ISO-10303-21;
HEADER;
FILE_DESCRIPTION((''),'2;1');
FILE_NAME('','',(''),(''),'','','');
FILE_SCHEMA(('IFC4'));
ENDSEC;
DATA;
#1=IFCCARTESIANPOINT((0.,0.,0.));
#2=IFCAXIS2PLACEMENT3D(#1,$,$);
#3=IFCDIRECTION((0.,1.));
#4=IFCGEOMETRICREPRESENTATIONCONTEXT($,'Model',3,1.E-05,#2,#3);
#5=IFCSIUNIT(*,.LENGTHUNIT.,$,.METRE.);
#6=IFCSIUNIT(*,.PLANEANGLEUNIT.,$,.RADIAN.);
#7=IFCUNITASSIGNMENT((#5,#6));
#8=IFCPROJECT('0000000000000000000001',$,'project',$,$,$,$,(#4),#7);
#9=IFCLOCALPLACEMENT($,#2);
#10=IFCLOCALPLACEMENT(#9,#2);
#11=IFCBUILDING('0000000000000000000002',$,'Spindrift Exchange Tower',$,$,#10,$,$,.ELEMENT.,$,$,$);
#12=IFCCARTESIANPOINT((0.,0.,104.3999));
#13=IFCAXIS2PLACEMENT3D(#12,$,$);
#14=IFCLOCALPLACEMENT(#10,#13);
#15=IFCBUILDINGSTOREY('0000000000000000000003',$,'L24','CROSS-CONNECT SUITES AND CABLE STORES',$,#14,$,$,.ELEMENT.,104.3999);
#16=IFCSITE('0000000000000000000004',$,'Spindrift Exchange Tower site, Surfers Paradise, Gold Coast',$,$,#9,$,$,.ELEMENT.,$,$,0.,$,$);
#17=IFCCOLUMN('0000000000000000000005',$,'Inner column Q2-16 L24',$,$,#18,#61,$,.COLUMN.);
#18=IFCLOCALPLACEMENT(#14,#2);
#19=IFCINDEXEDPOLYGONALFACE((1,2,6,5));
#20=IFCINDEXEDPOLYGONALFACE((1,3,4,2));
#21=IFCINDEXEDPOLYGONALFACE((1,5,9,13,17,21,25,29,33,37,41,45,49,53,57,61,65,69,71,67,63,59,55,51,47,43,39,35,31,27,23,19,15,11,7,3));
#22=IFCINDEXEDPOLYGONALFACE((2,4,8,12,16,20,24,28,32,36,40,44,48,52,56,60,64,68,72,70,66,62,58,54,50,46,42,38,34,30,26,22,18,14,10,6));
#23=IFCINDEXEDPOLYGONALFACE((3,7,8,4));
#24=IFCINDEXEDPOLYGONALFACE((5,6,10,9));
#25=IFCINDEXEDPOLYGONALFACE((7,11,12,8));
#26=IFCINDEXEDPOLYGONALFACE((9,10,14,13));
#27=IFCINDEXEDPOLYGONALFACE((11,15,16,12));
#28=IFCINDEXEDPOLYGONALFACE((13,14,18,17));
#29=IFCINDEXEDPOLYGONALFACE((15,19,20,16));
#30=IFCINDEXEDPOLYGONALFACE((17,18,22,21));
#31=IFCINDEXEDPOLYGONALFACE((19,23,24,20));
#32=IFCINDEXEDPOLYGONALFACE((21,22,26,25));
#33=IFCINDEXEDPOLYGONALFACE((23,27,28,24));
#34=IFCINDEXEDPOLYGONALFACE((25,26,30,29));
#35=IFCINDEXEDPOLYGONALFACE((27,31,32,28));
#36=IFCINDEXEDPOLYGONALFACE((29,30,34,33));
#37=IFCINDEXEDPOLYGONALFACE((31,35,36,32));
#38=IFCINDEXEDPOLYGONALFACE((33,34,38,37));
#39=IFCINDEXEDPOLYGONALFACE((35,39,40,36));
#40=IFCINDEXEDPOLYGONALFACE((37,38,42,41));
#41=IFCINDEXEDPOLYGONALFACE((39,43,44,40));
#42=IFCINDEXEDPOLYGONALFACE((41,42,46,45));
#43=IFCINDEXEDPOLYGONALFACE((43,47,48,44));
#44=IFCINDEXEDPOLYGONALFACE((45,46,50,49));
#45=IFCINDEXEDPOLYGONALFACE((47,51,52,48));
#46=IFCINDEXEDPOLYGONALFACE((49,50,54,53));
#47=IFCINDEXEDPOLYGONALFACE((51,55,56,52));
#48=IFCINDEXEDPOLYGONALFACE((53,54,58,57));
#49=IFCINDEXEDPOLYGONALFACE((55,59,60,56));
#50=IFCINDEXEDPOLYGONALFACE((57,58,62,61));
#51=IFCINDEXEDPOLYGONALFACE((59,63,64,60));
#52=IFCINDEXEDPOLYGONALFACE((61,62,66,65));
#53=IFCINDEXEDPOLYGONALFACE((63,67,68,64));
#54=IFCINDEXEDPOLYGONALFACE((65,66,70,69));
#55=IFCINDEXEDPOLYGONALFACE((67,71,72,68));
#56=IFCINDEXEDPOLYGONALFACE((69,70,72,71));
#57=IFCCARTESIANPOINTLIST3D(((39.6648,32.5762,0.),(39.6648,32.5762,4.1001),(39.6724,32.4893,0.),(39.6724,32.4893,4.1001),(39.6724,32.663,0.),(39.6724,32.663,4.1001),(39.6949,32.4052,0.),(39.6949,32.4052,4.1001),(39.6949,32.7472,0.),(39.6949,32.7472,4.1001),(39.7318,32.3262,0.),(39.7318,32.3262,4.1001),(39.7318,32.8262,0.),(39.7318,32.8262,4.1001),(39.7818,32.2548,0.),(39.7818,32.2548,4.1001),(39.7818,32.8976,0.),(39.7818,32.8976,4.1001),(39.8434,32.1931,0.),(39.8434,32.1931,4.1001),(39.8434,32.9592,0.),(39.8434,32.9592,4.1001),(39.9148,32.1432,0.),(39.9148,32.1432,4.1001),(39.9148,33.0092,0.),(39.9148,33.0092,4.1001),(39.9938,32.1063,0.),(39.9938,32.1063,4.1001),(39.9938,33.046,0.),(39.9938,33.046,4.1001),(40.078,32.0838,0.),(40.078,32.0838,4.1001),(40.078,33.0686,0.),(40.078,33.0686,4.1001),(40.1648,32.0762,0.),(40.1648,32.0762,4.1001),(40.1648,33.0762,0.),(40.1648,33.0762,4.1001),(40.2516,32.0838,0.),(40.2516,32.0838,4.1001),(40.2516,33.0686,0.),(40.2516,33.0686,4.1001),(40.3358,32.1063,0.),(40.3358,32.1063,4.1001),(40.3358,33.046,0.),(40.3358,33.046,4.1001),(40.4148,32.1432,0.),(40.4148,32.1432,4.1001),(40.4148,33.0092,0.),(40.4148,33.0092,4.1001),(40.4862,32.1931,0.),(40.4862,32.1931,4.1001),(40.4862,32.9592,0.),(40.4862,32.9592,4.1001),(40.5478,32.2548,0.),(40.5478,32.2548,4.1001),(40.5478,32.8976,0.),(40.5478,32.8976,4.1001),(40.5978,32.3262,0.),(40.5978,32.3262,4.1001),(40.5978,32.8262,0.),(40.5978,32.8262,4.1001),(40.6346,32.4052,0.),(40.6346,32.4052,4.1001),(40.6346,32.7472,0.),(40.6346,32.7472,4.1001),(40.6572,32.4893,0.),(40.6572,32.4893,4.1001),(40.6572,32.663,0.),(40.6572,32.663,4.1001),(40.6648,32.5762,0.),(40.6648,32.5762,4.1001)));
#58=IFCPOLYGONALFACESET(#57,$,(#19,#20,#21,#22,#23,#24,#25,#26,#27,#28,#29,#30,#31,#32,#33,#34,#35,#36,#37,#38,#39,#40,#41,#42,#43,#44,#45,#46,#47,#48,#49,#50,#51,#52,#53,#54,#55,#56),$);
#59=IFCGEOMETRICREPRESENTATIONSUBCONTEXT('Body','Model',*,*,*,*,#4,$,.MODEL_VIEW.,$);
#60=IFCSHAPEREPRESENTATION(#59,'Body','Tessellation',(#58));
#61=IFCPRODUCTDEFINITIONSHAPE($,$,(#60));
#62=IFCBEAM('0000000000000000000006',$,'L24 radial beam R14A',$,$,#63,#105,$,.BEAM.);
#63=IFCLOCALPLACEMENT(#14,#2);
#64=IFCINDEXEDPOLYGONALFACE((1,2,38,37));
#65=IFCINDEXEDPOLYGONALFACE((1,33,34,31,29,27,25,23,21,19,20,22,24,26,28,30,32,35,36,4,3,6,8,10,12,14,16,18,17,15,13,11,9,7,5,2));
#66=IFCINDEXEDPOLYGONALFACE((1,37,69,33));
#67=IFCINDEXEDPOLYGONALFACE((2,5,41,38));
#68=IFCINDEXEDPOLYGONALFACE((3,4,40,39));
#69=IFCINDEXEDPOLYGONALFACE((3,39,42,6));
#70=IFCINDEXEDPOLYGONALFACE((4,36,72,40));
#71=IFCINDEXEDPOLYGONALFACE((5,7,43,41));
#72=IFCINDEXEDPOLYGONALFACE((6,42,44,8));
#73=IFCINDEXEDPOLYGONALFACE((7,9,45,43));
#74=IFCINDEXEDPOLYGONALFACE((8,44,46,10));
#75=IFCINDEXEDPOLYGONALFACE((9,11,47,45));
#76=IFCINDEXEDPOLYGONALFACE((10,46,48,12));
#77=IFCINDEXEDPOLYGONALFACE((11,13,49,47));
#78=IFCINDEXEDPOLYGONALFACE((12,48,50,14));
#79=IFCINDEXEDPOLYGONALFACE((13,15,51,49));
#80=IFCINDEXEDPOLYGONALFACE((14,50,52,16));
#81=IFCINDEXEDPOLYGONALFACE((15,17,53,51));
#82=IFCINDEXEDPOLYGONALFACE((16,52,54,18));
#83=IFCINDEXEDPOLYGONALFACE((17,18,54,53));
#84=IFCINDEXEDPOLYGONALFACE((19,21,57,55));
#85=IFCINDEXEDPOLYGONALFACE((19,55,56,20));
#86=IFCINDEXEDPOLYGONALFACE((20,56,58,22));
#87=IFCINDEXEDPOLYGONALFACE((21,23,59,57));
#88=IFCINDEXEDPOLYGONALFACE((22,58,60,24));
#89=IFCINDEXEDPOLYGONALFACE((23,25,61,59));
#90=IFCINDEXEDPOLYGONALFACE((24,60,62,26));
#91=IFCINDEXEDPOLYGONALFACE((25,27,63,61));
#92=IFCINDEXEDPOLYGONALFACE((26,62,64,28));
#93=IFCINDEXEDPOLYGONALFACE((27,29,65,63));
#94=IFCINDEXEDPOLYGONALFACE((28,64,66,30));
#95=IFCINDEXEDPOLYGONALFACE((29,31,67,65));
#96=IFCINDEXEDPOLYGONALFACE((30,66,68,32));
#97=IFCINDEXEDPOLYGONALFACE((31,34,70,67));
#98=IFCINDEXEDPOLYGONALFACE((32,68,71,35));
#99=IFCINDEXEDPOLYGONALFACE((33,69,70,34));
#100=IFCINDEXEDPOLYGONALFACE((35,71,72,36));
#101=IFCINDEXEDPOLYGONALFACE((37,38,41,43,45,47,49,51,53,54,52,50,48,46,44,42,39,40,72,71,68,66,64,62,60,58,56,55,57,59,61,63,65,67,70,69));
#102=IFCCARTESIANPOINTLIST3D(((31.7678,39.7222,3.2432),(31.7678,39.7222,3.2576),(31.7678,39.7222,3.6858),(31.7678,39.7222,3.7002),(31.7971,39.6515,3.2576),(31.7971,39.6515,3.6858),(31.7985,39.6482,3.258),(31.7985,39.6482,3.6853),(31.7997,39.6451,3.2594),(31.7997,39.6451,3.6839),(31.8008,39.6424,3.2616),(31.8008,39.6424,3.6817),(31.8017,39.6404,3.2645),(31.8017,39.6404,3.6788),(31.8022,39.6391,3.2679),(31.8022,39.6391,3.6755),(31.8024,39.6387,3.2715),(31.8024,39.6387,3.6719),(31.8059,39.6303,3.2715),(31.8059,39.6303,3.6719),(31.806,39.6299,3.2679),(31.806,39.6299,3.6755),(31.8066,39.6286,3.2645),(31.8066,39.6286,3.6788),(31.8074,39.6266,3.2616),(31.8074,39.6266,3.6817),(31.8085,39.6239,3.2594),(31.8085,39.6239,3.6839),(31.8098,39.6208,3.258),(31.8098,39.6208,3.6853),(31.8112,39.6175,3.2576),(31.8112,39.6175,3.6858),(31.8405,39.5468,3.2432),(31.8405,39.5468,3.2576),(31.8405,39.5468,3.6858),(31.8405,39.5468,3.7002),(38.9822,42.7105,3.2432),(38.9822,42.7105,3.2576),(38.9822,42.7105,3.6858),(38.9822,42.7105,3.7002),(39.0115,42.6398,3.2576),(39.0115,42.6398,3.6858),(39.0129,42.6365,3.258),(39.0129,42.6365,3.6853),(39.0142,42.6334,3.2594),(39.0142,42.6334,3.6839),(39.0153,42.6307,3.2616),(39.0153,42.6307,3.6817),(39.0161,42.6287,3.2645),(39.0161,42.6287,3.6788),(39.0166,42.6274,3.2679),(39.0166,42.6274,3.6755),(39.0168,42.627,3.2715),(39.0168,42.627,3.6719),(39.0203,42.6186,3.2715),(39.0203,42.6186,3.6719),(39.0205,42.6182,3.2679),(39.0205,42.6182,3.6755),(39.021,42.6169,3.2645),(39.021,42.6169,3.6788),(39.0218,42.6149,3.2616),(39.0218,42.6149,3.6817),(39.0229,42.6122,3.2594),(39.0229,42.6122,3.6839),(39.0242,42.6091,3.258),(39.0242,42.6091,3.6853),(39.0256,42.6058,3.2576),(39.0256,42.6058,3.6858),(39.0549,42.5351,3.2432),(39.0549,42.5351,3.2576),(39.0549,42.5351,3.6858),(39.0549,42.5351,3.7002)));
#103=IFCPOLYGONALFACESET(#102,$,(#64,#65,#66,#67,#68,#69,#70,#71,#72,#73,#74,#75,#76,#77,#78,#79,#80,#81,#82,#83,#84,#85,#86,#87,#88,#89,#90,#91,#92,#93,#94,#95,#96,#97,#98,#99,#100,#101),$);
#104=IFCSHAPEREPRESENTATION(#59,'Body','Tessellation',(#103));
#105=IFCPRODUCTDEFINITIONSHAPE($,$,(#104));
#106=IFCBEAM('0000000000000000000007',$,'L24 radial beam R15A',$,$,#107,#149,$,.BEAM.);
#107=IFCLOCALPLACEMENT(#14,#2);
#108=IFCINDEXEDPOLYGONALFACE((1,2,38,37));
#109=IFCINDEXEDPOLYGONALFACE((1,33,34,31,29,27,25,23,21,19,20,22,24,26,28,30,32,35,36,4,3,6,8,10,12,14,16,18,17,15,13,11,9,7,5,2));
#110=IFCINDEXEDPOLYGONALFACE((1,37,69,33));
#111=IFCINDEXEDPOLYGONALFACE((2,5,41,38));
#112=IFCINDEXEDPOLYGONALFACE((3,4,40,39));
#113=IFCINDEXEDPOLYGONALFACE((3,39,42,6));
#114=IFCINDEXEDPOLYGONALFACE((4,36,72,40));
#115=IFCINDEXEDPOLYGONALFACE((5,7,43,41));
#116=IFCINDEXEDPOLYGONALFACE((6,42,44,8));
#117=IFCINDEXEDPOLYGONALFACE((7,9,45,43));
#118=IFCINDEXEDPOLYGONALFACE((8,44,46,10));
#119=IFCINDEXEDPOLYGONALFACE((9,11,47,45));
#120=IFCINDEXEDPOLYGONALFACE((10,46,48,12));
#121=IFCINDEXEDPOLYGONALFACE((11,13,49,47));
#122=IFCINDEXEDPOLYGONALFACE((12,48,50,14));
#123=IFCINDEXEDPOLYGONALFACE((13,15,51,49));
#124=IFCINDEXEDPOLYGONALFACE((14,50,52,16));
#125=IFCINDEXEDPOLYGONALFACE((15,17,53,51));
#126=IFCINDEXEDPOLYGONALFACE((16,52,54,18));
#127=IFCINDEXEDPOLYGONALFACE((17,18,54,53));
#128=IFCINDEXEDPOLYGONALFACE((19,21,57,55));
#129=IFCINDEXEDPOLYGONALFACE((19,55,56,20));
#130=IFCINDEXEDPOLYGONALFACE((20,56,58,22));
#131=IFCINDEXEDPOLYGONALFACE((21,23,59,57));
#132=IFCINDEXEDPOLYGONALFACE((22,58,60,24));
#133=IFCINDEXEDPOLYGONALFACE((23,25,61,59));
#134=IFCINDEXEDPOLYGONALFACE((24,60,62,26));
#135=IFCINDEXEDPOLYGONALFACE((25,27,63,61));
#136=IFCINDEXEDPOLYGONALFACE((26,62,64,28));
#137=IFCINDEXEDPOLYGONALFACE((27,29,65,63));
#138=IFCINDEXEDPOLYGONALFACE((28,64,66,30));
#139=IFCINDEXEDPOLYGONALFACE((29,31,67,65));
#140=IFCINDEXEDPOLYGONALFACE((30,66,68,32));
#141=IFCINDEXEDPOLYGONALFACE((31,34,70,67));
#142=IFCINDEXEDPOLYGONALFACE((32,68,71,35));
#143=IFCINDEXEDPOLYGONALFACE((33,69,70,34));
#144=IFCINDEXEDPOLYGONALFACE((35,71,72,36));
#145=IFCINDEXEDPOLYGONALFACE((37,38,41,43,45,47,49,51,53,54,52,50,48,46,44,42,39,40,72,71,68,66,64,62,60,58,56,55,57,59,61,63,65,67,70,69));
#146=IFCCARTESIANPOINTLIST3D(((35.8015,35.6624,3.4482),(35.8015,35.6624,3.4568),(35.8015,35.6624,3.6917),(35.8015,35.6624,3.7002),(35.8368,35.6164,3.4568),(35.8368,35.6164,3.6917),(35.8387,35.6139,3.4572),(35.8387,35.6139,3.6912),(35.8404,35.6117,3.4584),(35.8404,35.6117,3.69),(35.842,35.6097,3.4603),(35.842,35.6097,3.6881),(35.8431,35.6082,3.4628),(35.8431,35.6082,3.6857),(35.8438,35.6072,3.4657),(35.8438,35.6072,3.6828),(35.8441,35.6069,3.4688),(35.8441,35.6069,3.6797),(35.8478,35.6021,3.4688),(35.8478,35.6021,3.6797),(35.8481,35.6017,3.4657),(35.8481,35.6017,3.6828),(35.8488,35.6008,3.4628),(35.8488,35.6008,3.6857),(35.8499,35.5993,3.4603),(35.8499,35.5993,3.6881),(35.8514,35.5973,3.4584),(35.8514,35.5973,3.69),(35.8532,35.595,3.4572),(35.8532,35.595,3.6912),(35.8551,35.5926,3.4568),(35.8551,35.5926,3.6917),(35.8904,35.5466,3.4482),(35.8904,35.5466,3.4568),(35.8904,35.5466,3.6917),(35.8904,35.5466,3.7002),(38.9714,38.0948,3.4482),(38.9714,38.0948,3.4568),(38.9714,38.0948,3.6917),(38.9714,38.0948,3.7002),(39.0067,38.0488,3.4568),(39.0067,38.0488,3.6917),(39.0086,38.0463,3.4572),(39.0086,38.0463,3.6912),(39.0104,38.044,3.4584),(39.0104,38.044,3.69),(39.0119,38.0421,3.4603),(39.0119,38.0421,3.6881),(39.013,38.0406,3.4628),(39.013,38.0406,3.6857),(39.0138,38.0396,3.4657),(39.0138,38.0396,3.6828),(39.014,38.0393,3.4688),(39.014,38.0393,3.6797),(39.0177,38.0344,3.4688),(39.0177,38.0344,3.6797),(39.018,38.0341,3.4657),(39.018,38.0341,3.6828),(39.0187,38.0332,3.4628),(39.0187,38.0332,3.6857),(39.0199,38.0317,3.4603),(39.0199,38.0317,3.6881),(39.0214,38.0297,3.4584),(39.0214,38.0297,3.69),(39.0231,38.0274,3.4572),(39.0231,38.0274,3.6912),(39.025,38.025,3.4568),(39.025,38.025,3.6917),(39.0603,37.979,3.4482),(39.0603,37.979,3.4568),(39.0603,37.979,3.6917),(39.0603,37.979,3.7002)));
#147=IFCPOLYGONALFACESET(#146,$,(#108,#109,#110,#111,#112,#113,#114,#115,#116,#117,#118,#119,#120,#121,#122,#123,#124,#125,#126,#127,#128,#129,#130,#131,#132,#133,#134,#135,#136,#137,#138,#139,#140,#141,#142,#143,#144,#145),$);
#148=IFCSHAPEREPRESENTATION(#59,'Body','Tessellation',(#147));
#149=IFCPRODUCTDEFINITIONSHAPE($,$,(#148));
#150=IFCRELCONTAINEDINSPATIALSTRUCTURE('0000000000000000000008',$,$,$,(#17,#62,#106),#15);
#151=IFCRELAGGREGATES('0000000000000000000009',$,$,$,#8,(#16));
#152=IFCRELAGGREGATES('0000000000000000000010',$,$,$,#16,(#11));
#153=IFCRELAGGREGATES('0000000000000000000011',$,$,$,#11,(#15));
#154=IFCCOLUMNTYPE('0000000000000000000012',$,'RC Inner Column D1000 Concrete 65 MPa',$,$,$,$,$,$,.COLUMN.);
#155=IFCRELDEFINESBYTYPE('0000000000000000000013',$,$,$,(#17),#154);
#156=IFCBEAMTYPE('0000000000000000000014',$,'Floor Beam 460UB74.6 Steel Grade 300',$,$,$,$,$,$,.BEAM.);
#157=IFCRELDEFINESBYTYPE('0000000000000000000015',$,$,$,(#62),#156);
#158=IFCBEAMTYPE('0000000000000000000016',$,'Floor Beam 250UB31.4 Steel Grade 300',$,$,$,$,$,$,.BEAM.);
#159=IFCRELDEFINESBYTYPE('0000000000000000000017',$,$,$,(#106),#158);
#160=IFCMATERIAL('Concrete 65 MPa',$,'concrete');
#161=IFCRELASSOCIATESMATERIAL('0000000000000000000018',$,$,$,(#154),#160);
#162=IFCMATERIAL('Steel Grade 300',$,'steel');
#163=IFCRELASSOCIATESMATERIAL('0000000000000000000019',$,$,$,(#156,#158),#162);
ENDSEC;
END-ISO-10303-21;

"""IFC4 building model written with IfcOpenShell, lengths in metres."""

from ifc_helpers import new_model, si_unit, direction, frame, origin, origin_2d, place, context, subcontext, project, spatial, circle, i_section, extrude, source, transform, mapped, material, material_profile, profile_set, type_object, element, save


model = new_model("IFC4")

# Units and contexts
model_context = context("Model", 3, precision=1e-05, world=origin(), true_north=direction((0.0, 1.0)))
body_context = subcontext(model_context, "Body", "Model", "MODEL_VIEW")
ifc_project = project(units=[si_unit("LENGTHUNIT", "METRE"), si_unit("PLANEANGLEUNIT", "RADIAN")], contexts=[model_context])

# Site, building, storey
site_placement = place(None, origin())
site = spatial("IfcSite", under=ifc_project, at=site_placement, Name="Spindrift Exchange Tower site, Surfers Paradise, Gold Coast", CompositionType="ELEMENT", RefElevation=0.0)
building_placement = place(site_placement, origin())
building = spatial("IfcBuilding", under=site, at=building_placement, Name="Spindrift Exchange Tower", CompositionType="ELEMENT")
storey_placement = place(building_placement, frame((0.0, 0.0, 104.3999)))
storey = spatial("IfcBuildingStorey", under=building, at=storey_placement, Name="L24", Description="CROSS-CONNECT SUITES AND CABLE STORES", CompositionType="ELEMENT", Elevation=104.3999)

# Column
ifc_material_1 = material(Name="Concrete 65 MPa", Category="concrete")
ifc_material_profile_1 = material_profile(ifc_material_1, circle(Radius=0.5, at=origin_2d()), Name="RC D1000")
ifc_profile_set_1 = profile_set([ifc_material_profile_1], Name="Concrete 65 MPa")
column_type = type_object("IfcColumnType", Name="RC Inner Column D1000 Concrete 65 MPa", PredefinedType="COLUMN", material=ifc_profile_set_1)
shared_shape_1 = source(origin(), body_context, "Body", "SweptSolid", [
    extrude(circle(Radius=0.5, at=origin_2d()), origin(), (0.0, 0.0, 1.0), 4.1001),
])
column_placement = place(storey_placement, frame((40.1648, 32.5762, 0.0), z_axis=(0.0, 0.0, 1.0), x_axis=(1.0, 0.0, 0.0)))
element("IfcColumn", 1, at=column_placement, inside=storey, type_object=column_type, Name="Inner column Q2-16 L24", PredefinedType="COLUMN", context=body_context, shape_type="MappedRepresentation", body=[
    mapped(shared_shape_1, transform((0.0, 0.0, 0.0), scale=1.0)),
])

# Beams
ifc_material_2 = material(Name="Steel Grade 300", Category="steel")
ifc_material_profile_2 = material_profile(ifc_material_2, i_section(OverallWidth=0.1899, OverallDepth=0.457, WebThickness=0.009, FlangeThickness=0.0144, FilletRadius=0.0139, at=origin_2d()), Name="460UB74.6")
ifc_profile_set_2 = profile_set([ifc_material_profile_2], Name="Steel Grade 300")
beam_type_1 = type_object("IfcBeamType", Name="Floor Beam 460UB74.6 Steel Grade 300", PredefinedType="BEAM", material=ifc_profile_set_2)
shared_shape_2 = source(origin(), body_context, "Body", "SweptSolid", [
    extrude(i_section(OverallWidth=0.1899, OverallDepth=0.457, WebThickness=0.009, FlangeThickness=0.0144, FilletRadius=0.0139, at=origin_2d()), origin(), (0.0, 0.0, 1.0), 7.8088),
])
beam_1_placement = place(storey_placement, frame((39.0186, 42.6228, 3.4717), z_axis=(-0.92388, -0.382683, 0.0), x_axis=(0.382683, -0.92388, 0.0)))
element("IfcBeam", 2, at=beam_1_placement, inside=storey, type_object=beam_type_1, Name="L24 radial beam R14A", PredefinedType="BEAM", context=body_context, shape_type="MappedRepresentation", body=[
    mapped(shared_shape_2, transform((0.0, 0.0, 0.0), scale=1.0)),
])
ifc_material_profile_3 = material_profile(ifc_material_2, i_section(OverallWidth=0.146, OverallDepth=0.252, WebThickness=0.0061, FlangeThickness=0.0085, FilletRadius=0.012, at=origin_2d()), Name="250UB31.4")
ifc_profile_set_3 = profile_set([ifc_material_profile_3], Name="Steel Grade 300")
beam_type_2 = type_object("IfcBeamType", Name="Floor Beam 250UB31.4 Steel Grade 300", PredefinedType="BEAM", material=ifc_profile_set_3)
shared_shape_3 = source(origin(), body_context, "Body", "SweptSolid", [
    extrude(i_section(OverallWidth=0.146, OverallDepth=0.252, WebThickness=0.0061, FlangeThickness=0.0085, FilletRadius=0.012, at=origin_2d()), origin(), (0.0, 0.0, 1.0), 3.9956),
])
beam_2_placement = place(storey_placement, frame((39.0159, 38.0369, 3.5742), z_axis=(-0.793353, -0.608762, 0.0), x_axis=(0.608762, -0.793353, 0.0)))
element("IfcBeam", 3, at=beam_2_placement, inside=storey, type_object=beam_type_2, Name="L24 radial beam R15A", PredefinedType="BEAM", context=body_context, shape_type="MappedRepresentation", body=[
    mapped(shared_shape_3, transform((0.0, 0.0, 0.0), scale=1.0)),
])

save(model, "model.ifc")
